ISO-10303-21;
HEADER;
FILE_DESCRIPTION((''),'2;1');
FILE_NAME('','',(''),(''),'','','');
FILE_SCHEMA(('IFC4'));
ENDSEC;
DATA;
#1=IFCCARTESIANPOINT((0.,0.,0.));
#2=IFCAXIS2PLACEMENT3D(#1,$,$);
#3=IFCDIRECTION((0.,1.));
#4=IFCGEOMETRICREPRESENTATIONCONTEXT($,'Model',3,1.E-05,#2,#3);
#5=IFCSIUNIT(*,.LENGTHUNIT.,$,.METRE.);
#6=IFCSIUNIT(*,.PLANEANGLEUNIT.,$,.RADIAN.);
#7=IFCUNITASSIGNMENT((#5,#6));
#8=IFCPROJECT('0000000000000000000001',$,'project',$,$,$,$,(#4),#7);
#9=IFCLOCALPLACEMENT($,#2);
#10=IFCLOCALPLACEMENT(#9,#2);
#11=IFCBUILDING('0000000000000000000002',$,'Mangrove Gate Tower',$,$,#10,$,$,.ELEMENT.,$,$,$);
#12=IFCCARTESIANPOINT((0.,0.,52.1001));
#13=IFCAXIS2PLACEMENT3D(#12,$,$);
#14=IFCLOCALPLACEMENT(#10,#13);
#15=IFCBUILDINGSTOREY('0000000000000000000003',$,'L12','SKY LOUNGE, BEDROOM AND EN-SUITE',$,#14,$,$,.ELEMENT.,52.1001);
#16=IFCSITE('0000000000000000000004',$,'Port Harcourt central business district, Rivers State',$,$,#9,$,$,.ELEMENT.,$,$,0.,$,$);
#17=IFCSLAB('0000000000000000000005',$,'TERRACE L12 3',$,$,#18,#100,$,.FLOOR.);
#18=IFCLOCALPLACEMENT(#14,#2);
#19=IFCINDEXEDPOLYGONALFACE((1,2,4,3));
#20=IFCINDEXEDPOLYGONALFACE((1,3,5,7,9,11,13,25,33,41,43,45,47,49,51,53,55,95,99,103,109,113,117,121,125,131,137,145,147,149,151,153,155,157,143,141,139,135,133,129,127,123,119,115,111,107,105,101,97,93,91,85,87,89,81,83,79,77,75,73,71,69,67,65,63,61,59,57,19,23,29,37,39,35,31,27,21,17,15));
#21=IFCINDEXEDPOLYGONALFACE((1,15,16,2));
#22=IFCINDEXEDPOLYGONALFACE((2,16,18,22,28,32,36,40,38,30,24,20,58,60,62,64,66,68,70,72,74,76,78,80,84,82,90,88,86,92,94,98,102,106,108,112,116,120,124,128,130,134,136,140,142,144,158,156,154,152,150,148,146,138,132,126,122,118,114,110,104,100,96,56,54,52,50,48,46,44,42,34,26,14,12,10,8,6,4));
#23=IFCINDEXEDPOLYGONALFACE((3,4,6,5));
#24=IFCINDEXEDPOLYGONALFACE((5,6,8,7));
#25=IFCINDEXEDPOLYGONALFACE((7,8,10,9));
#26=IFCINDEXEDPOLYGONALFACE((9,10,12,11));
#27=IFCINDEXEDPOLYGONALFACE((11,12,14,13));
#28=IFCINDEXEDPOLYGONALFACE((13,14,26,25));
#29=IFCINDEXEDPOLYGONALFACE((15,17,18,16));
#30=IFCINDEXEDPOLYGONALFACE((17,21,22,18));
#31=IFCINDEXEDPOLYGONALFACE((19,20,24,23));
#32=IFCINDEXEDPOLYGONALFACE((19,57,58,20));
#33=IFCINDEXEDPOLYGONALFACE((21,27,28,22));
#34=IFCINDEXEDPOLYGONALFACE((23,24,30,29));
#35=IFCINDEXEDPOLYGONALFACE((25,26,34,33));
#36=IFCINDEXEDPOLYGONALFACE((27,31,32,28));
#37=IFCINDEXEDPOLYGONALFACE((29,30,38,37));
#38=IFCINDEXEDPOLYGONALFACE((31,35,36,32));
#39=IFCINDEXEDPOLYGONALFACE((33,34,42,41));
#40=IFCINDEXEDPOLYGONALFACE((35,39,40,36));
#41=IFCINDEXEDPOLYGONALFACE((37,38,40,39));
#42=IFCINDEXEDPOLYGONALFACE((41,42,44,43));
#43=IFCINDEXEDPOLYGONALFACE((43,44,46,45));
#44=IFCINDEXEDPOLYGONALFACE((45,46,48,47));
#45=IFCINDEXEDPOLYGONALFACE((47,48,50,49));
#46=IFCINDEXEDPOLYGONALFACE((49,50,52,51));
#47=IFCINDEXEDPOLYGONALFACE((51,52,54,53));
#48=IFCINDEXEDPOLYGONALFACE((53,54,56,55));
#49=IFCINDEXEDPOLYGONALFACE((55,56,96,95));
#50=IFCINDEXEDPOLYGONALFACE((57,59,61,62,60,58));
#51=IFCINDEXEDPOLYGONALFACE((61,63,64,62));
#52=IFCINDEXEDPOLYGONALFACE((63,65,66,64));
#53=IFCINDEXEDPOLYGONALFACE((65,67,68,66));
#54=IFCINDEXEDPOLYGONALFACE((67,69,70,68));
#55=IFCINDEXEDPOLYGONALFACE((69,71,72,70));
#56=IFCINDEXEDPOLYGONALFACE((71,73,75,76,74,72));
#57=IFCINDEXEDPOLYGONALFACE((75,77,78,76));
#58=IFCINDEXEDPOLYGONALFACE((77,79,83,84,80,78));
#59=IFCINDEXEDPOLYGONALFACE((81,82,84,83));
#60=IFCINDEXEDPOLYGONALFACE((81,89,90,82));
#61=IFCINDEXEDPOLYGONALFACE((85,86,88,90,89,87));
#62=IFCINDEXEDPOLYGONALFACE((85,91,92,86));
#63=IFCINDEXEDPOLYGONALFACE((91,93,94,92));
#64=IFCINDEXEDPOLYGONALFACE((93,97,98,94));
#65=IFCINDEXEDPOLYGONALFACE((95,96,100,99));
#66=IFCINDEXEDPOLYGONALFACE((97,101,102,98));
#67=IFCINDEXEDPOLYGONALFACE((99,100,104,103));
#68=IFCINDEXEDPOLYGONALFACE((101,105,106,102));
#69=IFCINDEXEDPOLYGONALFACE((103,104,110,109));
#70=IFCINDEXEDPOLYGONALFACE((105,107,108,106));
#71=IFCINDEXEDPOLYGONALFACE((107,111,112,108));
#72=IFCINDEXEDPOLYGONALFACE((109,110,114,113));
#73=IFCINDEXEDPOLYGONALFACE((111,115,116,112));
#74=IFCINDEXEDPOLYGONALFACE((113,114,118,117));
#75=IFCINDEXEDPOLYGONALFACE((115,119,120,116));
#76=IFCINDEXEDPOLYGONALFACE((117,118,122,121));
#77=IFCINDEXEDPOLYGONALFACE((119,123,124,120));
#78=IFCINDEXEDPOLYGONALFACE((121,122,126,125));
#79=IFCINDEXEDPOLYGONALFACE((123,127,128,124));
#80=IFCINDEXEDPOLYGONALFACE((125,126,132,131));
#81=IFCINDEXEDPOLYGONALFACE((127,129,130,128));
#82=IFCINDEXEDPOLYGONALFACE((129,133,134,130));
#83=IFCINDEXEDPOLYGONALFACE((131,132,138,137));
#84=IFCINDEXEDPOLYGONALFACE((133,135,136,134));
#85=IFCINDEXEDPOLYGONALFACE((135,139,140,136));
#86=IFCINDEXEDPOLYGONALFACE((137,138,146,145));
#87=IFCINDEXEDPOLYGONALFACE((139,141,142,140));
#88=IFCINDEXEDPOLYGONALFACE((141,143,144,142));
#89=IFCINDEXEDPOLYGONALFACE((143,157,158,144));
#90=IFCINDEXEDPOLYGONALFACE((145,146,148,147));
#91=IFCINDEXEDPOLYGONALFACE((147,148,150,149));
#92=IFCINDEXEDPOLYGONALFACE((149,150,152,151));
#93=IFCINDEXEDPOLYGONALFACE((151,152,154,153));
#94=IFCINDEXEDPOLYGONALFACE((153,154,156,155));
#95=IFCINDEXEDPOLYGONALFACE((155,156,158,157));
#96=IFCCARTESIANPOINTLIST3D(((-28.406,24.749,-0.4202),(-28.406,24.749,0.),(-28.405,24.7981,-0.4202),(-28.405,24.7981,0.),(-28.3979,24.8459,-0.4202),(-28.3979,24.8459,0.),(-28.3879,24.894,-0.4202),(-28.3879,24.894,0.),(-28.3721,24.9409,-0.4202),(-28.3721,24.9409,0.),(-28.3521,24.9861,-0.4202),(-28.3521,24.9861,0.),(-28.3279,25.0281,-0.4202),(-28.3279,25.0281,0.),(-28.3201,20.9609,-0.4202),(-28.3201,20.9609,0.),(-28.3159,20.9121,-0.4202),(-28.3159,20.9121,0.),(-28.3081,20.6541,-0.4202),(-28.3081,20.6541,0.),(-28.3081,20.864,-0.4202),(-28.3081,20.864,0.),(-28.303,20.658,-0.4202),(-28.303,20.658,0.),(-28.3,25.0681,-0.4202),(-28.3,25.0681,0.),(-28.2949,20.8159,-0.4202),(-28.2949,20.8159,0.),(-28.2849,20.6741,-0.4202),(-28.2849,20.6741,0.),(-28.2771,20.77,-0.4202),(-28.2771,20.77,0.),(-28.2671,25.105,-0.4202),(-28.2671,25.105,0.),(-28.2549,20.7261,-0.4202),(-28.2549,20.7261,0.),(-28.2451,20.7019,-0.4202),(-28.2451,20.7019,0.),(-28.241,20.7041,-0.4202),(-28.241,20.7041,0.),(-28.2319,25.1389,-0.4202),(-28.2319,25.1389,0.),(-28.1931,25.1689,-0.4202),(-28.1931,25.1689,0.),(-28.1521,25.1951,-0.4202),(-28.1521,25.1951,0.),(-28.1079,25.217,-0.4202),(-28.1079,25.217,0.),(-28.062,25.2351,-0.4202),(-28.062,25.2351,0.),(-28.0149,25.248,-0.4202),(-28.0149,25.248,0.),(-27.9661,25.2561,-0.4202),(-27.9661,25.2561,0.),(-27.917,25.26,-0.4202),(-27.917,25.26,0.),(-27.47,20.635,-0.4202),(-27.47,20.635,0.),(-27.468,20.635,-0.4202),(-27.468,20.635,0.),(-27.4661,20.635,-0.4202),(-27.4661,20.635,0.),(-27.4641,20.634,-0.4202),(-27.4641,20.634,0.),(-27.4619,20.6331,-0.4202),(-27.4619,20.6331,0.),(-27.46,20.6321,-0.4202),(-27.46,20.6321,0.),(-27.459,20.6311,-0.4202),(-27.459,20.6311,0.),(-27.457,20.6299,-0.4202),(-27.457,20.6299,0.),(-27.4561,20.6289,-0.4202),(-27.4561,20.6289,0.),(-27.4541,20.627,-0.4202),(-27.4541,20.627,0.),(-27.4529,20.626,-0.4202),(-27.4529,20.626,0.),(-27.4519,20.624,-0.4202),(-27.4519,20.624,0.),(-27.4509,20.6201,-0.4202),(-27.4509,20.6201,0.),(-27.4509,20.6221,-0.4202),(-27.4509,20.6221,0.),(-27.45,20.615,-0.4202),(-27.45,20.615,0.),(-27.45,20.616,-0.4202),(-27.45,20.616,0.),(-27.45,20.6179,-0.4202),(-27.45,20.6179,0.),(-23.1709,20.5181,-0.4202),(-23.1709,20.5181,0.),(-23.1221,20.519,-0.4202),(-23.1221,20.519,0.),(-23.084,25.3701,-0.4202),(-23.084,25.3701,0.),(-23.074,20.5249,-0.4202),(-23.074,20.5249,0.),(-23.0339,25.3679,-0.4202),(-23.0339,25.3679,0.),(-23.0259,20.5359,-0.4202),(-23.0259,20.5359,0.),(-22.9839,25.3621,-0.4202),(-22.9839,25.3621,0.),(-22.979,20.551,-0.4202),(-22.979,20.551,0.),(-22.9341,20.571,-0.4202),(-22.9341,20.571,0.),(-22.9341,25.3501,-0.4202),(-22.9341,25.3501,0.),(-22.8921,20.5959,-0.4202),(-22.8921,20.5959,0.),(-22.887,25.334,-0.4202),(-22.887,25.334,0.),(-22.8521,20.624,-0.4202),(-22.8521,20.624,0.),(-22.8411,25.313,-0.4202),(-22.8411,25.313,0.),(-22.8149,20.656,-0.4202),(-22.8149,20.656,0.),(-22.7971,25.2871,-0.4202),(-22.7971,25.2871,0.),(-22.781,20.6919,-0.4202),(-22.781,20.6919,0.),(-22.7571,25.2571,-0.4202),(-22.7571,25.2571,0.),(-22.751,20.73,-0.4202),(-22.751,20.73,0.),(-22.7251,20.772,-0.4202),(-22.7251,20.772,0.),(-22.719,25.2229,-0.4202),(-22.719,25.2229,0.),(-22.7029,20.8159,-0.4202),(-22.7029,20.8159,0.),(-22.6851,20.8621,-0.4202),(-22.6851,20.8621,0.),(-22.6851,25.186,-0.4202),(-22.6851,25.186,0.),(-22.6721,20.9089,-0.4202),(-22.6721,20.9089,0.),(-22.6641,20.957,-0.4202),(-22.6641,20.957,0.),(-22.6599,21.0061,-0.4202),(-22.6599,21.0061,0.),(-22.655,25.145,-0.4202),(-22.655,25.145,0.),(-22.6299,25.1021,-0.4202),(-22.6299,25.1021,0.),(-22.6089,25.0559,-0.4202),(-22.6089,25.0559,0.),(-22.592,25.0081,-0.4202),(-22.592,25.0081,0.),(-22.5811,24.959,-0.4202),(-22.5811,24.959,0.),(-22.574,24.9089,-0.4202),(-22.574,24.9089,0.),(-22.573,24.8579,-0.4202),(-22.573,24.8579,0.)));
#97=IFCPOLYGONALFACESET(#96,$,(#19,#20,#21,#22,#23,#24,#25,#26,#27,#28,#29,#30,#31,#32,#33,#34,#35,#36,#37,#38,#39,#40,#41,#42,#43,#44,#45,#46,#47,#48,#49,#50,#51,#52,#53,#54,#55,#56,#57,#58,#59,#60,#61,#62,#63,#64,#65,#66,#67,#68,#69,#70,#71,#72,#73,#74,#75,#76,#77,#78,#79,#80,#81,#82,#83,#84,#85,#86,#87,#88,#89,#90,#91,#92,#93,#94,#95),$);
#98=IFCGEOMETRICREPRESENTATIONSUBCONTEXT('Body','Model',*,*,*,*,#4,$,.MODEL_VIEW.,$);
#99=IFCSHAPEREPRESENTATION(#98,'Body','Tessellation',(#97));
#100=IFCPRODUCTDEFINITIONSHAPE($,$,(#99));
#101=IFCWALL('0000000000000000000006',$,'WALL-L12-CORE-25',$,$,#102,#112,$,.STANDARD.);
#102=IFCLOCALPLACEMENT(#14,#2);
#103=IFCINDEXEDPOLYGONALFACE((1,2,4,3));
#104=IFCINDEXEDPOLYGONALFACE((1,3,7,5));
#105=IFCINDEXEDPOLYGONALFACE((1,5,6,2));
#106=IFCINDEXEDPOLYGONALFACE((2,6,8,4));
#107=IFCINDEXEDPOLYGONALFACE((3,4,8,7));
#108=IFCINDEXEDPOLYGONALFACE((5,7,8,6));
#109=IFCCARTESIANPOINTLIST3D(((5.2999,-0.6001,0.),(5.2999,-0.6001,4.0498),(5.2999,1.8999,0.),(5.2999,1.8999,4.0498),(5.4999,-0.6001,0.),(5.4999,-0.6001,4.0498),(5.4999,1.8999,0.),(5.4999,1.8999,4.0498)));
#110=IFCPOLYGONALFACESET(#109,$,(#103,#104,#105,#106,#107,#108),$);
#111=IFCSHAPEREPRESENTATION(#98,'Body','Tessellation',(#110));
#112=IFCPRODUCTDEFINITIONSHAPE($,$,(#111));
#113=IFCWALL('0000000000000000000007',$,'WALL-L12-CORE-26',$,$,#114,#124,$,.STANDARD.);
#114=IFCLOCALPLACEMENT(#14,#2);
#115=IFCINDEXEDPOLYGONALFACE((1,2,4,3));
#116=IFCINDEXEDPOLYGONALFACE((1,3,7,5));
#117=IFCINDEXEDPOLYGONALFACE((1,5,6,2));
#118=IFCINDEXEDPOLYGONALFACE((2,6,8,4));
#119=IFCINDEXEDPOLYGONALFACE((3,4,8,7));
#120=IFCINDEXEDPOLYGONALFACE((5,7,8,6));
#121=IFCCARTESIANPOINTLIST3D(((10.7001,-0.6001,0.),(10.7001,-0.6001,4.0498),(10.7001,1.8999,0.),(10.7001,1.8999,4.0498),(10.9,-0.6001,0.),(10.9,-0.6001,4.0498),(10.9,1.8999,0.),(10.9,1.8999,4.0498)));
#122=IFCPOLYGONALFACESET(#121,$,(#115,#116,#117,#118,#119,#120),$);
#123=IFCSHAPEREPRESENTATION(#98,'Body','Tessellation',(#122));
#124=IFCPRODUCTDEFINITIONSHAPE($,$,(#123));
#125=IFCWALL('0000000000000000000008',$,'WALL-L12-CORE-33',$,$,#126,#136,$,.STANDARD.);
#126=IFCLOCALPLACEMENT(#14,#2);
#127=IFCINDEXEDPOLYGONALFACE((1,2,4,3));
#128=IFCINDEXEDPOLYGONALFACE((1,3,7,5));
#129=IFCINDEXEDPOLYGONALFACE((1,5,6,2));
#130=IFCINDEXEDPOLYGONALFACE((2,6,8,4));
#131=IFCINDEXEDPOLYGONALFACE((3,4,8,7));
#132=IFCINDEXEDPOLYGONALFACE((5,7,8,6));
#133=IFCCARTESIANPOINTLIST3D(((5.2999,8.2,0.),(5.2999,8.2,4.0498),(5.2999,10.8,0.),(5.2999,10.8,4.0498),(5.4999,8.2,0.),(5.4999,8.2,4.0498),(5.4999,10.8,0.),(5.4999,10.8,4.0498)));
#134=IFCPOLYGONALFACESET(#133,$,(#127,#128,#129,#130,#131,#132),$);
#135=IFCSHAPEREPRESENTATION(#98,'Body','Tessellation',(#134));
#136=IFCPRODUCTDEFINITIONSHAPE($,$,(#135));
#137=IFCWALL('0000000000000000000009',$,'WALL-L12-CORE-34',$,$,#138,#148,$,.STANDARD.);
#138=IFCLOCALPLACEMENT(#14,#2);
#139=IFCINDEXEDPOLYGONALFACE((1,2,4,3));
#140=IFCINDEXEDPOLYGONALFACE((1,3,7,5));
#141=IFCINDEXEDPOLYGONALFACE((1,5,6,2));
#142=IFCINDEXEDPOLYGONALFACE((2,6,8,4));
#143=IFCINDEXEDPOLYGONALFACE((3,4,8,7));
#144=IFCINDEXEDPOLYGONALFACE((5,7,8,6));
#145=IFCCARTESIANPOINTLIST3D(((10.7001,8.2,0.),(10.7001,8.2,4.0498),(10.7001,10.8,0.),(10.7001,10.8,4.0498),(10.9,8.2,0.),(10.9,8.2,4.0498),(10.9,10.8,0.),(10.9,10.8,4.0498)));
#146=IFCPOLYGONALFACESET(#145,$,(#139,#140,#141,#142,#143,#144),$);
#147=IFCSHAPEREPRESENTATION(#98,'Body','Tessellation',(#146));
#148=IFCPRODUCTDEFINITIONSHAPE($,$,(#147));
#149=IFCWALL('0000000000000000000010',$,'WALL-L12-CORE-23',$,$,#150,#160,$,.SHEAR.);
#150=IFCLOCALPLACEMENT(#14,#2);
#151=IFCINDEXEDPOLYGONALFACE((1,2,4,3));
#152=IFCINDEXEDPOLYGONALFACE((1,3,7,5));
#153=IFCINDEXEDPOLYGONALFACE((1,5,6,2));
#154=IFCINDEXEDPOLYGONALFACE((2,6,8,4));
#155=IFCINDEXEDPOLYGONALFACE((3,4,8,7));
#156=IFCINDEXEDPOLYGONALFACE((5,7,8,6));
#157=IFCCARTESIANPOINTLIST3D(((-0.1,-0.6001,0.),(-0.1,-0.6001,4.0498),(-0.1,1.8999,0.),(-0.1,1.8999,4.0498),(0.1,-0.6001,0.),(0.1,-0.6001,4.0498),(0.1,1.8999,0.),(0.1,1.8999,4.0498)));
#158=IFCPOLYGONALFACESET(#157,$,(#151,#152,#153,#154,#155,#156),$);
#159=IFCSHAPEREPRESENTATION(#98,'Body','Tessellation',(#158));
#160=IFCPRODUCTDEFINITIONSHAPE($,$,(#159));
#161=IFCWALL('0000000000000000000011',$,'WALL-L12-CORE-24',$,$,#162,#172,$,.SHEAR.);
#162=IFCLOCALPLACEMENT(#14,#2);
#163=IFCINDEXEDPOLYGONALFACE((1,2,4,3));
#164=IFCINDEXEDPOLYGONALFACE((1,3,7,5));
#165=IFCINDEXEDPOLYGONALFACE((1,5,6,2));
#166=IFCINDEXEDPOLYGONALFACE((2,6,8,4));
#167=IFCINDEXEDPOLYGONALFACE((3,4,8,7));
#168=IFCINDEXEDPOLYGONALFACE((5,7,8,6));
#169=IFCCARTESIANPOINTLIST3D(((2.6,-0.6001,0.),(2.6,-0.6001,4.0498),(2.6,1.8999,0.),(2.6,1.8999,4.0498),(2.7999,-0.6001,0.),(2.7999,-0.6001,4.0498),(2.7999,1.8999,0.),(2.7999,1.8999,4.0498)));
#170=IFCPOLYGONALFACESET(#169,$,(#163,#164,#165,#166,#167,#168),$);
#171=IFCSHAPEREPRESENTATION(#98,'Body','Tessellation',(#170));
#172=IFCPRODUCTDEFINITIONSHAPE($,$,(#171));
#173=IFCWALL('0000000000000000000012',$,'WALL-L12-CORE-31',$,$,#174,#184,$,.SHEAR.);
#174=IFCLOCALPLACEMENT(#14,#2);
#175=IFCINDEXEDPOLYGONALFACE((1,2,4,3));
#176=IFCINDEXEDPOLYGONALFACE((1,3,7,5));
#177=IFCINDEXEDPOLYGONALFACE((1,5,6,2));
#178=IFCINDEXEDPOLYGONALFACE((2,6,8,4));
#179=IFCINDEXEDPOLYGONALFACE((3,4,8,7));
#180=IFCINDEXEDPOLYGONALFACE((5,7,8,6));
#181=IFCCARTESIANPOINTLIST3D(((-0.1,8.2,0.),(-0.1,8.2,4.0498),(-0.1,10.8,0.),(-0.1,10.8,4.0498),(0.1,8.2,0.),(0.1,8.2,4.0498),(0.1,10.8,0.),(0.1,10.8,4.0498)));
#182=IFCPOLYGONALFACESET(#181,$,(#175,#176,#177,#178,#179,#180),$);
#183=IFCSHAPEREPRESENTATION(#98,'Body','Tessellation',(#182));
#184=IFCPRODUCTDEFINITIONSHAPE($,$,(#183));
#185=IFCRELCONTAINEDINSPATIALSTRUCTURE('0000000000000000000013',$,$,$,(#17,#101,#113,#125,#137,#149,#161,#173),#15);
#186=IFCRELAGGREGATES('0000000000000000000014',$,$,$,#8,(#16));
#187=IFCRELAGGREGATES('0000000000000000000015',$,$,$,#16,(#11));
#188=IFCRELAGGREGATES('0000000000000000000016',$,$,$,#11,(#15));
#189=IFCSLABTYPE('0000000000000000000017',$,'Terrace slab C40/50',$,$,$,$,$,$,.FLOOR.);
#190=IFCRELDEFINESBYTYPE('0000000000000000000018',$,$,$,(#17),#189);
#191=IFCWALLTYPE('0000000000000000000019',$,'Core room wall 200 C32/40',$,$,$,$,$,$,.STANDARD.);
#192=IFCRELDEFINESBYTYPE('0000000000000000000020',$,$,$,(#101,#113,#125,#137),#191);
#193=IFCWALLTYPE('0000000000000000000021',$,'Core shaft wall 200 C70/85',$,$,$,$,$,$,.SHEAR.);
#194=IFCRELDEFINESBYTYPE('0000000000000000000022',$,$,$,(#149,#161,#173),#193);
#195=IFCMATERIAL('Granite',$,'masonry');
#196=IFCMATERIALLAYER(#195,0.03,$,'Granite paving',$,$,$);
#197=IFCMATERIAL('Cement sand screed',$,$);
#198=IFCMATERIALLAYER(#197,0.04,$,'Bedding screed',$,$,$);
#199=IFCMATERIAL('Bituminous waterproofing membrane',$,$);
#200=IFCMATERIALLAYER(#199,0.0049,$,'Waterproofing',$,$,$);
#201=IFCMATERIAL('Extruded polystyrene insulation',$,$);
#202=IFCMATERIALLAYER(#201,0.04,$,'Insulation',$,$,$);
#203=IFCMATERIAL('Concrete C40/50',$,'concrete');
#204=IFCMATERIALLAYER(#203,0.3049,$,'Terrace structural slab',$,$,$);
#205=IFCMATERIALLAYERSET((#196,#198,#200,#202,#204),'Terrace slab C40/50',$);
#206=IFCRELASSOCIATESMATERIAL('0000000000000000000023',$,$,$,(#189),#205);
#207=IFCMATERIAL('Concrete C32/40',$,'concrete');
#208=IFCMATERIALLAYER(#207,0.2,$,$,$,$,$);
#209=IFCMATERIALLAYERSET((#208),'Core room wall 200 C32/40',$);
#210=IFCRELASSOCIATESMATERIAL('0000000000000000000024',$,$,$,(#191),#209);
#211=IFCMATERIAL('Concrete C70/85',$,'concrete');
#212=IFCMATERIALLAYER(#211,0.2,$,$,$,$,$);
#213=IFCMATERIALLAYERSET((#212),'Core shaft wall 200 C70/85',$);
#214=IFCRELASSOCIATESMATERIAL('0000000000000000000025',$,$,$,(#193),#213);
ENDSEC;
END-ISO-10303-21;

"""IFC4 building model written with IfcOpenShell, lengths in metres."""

from ifc_helpers import new_model, si_unit, direction, frame, frame_2d, origin, place, context, subcontext, project, spatial, polyline, rectangle, outline, extrude, material, layer, layer_set, type_object, element, save


model = new_model("IFC4")

# Units and contexts
model_context = context("Model", 3, precision=1e-05, world=origin(), true_north=direction((0.0, 1.0)))
body_context = subcontext(model_context, "Body", "Model", "MODEL_VIEW")
ifc_project = project(units=[si_unit("LENGTHUNIT", "METRE"), si_unit("PLANEANGLEUNIT", "RADIAN")], contexts=[model_context])

# Site, building, storey
site_placement = place(None, origin())
site = spatial("IfcSite", under=ifc_project, at=site_placement, Name="Port Harcourt central business district, Rivers State", CompositionType="ELEMENT", RefElevation=0.0)
building_placement = place(site_placement, origin())
building = spatial("IfcBuilding", under=site, at=building_placement, Name="Mangrove Gate Tower", CompositionType="ELEMENT")
storey_placement = place(building_placement, frame((0.0, 0.0, 52.1001)))
storey = spatial("IfcBuildingStorey", under=building, at=storey_placement, Name="L12", Description="SKY LOUNGE, BEDROOM AND EN-SUITE", CompositionType="ELEMENT", Elevation=52.1001)

# Shared definitions
ifc_material_1 = material(Name="Cement sand screed")
ifc_material_2 = material(Name="Bituminous waterproofing membrane")
ifc_material_3 = material(Name="Concrete C40/50", Category="concrete")

# Slab
ifc_material_4 = material(Name="Granite", Category="masonry")
ifc_layer_1 = layer(ifc_material_4, 0.03, Name="Granite paving")
ifc_layer_2 = layer(ifc_material_1, 0.04, Name="Bedding screed")
ifc_layer_3 = layer(ifc_material_2, 0.0049, Name="Waterproofing")
ifc_material_5 = material(Name="Extruded polystyrene insulation")
ifc_layer_4 = layer(ifc_material_5, 0.04, Name="Insulation")
ifc_layer_5 = layer(ifc_material_3, 0.3049, Name="Terrace structural slab")
ifc_layer_set_1 = layer_set([ifc_layer_1, ifc_layer_2, ifc_layer_3, ifc_layer_4, ifc_layer_5], Name="Terrace slab C40/50")
slab_type_1 = type_object("IfcSlabType", Name="Terrace slab C40/50", PredefinedType="FLOOR", material=ifc_layer_set_1)
slab_1_placement = place(storey_placement, frame((0.0, 0.0, -0.4202)))
element("IfcSlab", 1, at=slab_1_placement, inside=storey, type_object=slab_type_1, Name="TERRACE L12 3", PredefinedType="FLOOR", context=body_context, shape_type="SweptSolid", body=[
    extrude(outline(polyline([(-28.3081, 20.6541), (-27.47, 20.635), (-27.468, 20.635), (-27.4661, 20.635), (-27.4641, 20.634), (-27.4619, 20.6331), (-27.46, 20.6321), (-27.459, 20.6311), (-27.457, 20.6299), (-27.4561, 20.6289), (-27.4541, 20.627), (-27.4529, 20.626), (-27.4519, 20.624), (-27.4509, 20.6221), (-27.4509, 20.6201), (-27.45, 20.6179), (-27.45, 20.616), (-27.45, 20.615), (-23.1709, 20.5181), (-23.1221, 20.519), (-23.074, 20.5249), (-23.0259, 20.5359), (-22.979, 20.551), (-22.9341, 20.571), (-22.8921, 20.5959), (-22.8521, 20.624), (-22.8149, 20.656), (-22.781, 20.6919), (-22.751, 20.73), (-22.7251, 20.772), (-22.7029, 20.8159), (-22.6851, 20.8621), (-22.6721, 20.9089), (-22.6641, 20.957), (-22.6599, 21.0061), (-22.573, 24.8579), (-22.574, 24.9089), (-22.5811, 24.959), (-22.592, 25.0081), (-22.6089, 25.0559), (-22.6299, 25.1021), (-22.655, 25.145), (-22.6851, 25.186), (-22.719, 25.2229), (-22.7571, 25.2571), (-22.7971, 25.2871), (-22.8411, 25.313), (-22.887, 25.334), (-22.9341, 25.3501), (-22.9839, 25.3621), (-23.0339, 25.3679), (-23.084, 25.3701), (-27.917, 25.26), (-27.9661, 25.2561), (-28.0149, 25.248), (-28.062, 25.2351), (-28.1079, 25.217), (-28.1521, 25.1951), (-28.1931, 25.1689), (-28.2319, 25.1389), (-28.2671, 25.105), (-28.3, 25.0681), (-28.3279, 25.0281), (-28.3521, 24.9861), (-28.3721, 24.9409), (-28.3879, 24.894), (-28.3979, 24.8459), (-28.405, 24.7981), (-28.406, 24.749), (-28.3201, 20.9609), (-28.3159, 20.9121), (-28.3081, 20.864), (-28.2949, 20.8159), (-28.2771, 20.77), (-28.2549, 20.7261), (-28.241, 20.7041), (-28.2451, 20.7019), (-28.2849, 20.6741), (-28.303, 20.658), (-28.3081, 20.6541)])), origin(), (0.0, 0.0, 1.0), 0.4202),
])

# Walls
ifc_material_6 = material(Name="Concrete C32/40", Category="concrete")
ifc_layer_6 = layer(ifc_material_6, 0.2)
ifc_layer_set_2 = layer_set([ifc_layer_6], Name="Core room wall 200 C32/40")
wall_type_1 = type_object("IfcWallType", Name="Core room wall 200 C32/40", PredefinedType="STANDARD", material=ifc_layer_set_2)
for number, where, z_axis, x_axis, name in (
    (2, (5.3999, -0.6001, 0.0), (0.0, 0.0, 1.0), (0.0, 1.0, 0.0), "WALL-L12-CORE-25"),
    (3, (10.8, -0.6001, 0.0), (0.0, 0.0, 1.0), (0.0, 1.0, 0.0), "WALL-L12-CORE-26"),
):
    element("IfcWall", number, at=place(storey_placement, frame(where, z_axis=z_axis, x_axis=x_axis)), inside=storey, type_object=wall_type_1, Name=name, PredefinedType="STANDARD", context=body_context, shape_type="SweptSolid", body=[
        extrude(rectangle(XDim=2.5, YDim=0.2, at=frame_2d((1.25, 0.0))), origin(), (0.0, 0.0, 1.0), 4.0498),
    ])
for number, where, z_axis, x_axis, name in (
    (4, (5.3999, 8.2, 0.0), (0.0, 0.0, 1.0), (0.0, 1.0, 0.0), "WALL-L12-CORE-33"),
    (5, (10.8, 8.2, 0.0), (0.0, 0.0, 1.0), (0.0, 1.0, 0.0), "WALL-L12-CORE-34"),
):
    element("IfcWall", number, at=place(storey_placement, frame(where, z_axis=z_axis, x_axis=x_axis)), inside=storey, type_object=wall_type_1, Name=name, PredefinedType="STANDARD", context=body_context, shape_type="SweptSolid", body=[
        extrude(rectangle(XDim=2.6001, YDim=0.2, at=frame_2d((1.3, 0.0))), origin(), (0.0, 0.0, 1.0), 4.0498),
    ])
ifc_material_7 = material(Name="Concrete C70/85", Category="concrete")
ifc_layer_7 = layer(ifc_material_7, 0.2)
ifc_layer_set_3 = layer_set([ifc_layer_7], Name="Core shaft wall 200 C70/85")
wall_type_2 = type_object("IfcWallType", Name="Core shaft wall 200 C70/85", PredefinedType="SHEAR", material=ifc_layer_set_3)
for number, where, z_axis, x_axis, name in (
    (6, (0.0, -0.6001, 0.0), (0.0, 0.0, 1.0), (0.0, 1.0, 0.0), "WALL-L12-CORE-23"),
    (7, (2.7, -0.6001, 0.0), (0.0, 0.0, 1.0), (0.0, 1.0, 0.0), "WALL-L12-CORE-24"),
):
    element("IfcWall", number, at=place(storey_placement, frame(where, z_axis=z_axis, x_axis=x_axis)), inside=storey, type_object=wall_type_2, Name=name, PredefinedType="SHEAR", context=body_context, shape_type="SweptSolid", body=[
        extrude(rectangle(XDim=2.5, YDim=0.2, at=frame_2d((1.25, 0.0))), origin(), (0.0, 0.0, 1.0), 4.0498),
    ])
for number, where, z_axis, x_axis, name in (
    (8, (0.0, 8.2, 0.0), (0.0, 0.0, 1.0), (0.0, 1.0, 0.0), "WALL-L12-CORE-31"),
):
    element("IfcWall", number, at=place(storey_placement, frame(where, z_axis=z_axis, x_axis=x_axis)), inside=storey, type_object=wall_type_2, Name=name, PredefinedType="SHEAR", context=body_context, shape_type="SweptSolid", body=[
        extrude(rectangle(XDim=2.6001, YDim=0.2, at=frame_2d((1.3, 0.0))), origin(), (0.0, 0.0, 1.0), 4.0498),
    ])

save(model, "model.ifc")
